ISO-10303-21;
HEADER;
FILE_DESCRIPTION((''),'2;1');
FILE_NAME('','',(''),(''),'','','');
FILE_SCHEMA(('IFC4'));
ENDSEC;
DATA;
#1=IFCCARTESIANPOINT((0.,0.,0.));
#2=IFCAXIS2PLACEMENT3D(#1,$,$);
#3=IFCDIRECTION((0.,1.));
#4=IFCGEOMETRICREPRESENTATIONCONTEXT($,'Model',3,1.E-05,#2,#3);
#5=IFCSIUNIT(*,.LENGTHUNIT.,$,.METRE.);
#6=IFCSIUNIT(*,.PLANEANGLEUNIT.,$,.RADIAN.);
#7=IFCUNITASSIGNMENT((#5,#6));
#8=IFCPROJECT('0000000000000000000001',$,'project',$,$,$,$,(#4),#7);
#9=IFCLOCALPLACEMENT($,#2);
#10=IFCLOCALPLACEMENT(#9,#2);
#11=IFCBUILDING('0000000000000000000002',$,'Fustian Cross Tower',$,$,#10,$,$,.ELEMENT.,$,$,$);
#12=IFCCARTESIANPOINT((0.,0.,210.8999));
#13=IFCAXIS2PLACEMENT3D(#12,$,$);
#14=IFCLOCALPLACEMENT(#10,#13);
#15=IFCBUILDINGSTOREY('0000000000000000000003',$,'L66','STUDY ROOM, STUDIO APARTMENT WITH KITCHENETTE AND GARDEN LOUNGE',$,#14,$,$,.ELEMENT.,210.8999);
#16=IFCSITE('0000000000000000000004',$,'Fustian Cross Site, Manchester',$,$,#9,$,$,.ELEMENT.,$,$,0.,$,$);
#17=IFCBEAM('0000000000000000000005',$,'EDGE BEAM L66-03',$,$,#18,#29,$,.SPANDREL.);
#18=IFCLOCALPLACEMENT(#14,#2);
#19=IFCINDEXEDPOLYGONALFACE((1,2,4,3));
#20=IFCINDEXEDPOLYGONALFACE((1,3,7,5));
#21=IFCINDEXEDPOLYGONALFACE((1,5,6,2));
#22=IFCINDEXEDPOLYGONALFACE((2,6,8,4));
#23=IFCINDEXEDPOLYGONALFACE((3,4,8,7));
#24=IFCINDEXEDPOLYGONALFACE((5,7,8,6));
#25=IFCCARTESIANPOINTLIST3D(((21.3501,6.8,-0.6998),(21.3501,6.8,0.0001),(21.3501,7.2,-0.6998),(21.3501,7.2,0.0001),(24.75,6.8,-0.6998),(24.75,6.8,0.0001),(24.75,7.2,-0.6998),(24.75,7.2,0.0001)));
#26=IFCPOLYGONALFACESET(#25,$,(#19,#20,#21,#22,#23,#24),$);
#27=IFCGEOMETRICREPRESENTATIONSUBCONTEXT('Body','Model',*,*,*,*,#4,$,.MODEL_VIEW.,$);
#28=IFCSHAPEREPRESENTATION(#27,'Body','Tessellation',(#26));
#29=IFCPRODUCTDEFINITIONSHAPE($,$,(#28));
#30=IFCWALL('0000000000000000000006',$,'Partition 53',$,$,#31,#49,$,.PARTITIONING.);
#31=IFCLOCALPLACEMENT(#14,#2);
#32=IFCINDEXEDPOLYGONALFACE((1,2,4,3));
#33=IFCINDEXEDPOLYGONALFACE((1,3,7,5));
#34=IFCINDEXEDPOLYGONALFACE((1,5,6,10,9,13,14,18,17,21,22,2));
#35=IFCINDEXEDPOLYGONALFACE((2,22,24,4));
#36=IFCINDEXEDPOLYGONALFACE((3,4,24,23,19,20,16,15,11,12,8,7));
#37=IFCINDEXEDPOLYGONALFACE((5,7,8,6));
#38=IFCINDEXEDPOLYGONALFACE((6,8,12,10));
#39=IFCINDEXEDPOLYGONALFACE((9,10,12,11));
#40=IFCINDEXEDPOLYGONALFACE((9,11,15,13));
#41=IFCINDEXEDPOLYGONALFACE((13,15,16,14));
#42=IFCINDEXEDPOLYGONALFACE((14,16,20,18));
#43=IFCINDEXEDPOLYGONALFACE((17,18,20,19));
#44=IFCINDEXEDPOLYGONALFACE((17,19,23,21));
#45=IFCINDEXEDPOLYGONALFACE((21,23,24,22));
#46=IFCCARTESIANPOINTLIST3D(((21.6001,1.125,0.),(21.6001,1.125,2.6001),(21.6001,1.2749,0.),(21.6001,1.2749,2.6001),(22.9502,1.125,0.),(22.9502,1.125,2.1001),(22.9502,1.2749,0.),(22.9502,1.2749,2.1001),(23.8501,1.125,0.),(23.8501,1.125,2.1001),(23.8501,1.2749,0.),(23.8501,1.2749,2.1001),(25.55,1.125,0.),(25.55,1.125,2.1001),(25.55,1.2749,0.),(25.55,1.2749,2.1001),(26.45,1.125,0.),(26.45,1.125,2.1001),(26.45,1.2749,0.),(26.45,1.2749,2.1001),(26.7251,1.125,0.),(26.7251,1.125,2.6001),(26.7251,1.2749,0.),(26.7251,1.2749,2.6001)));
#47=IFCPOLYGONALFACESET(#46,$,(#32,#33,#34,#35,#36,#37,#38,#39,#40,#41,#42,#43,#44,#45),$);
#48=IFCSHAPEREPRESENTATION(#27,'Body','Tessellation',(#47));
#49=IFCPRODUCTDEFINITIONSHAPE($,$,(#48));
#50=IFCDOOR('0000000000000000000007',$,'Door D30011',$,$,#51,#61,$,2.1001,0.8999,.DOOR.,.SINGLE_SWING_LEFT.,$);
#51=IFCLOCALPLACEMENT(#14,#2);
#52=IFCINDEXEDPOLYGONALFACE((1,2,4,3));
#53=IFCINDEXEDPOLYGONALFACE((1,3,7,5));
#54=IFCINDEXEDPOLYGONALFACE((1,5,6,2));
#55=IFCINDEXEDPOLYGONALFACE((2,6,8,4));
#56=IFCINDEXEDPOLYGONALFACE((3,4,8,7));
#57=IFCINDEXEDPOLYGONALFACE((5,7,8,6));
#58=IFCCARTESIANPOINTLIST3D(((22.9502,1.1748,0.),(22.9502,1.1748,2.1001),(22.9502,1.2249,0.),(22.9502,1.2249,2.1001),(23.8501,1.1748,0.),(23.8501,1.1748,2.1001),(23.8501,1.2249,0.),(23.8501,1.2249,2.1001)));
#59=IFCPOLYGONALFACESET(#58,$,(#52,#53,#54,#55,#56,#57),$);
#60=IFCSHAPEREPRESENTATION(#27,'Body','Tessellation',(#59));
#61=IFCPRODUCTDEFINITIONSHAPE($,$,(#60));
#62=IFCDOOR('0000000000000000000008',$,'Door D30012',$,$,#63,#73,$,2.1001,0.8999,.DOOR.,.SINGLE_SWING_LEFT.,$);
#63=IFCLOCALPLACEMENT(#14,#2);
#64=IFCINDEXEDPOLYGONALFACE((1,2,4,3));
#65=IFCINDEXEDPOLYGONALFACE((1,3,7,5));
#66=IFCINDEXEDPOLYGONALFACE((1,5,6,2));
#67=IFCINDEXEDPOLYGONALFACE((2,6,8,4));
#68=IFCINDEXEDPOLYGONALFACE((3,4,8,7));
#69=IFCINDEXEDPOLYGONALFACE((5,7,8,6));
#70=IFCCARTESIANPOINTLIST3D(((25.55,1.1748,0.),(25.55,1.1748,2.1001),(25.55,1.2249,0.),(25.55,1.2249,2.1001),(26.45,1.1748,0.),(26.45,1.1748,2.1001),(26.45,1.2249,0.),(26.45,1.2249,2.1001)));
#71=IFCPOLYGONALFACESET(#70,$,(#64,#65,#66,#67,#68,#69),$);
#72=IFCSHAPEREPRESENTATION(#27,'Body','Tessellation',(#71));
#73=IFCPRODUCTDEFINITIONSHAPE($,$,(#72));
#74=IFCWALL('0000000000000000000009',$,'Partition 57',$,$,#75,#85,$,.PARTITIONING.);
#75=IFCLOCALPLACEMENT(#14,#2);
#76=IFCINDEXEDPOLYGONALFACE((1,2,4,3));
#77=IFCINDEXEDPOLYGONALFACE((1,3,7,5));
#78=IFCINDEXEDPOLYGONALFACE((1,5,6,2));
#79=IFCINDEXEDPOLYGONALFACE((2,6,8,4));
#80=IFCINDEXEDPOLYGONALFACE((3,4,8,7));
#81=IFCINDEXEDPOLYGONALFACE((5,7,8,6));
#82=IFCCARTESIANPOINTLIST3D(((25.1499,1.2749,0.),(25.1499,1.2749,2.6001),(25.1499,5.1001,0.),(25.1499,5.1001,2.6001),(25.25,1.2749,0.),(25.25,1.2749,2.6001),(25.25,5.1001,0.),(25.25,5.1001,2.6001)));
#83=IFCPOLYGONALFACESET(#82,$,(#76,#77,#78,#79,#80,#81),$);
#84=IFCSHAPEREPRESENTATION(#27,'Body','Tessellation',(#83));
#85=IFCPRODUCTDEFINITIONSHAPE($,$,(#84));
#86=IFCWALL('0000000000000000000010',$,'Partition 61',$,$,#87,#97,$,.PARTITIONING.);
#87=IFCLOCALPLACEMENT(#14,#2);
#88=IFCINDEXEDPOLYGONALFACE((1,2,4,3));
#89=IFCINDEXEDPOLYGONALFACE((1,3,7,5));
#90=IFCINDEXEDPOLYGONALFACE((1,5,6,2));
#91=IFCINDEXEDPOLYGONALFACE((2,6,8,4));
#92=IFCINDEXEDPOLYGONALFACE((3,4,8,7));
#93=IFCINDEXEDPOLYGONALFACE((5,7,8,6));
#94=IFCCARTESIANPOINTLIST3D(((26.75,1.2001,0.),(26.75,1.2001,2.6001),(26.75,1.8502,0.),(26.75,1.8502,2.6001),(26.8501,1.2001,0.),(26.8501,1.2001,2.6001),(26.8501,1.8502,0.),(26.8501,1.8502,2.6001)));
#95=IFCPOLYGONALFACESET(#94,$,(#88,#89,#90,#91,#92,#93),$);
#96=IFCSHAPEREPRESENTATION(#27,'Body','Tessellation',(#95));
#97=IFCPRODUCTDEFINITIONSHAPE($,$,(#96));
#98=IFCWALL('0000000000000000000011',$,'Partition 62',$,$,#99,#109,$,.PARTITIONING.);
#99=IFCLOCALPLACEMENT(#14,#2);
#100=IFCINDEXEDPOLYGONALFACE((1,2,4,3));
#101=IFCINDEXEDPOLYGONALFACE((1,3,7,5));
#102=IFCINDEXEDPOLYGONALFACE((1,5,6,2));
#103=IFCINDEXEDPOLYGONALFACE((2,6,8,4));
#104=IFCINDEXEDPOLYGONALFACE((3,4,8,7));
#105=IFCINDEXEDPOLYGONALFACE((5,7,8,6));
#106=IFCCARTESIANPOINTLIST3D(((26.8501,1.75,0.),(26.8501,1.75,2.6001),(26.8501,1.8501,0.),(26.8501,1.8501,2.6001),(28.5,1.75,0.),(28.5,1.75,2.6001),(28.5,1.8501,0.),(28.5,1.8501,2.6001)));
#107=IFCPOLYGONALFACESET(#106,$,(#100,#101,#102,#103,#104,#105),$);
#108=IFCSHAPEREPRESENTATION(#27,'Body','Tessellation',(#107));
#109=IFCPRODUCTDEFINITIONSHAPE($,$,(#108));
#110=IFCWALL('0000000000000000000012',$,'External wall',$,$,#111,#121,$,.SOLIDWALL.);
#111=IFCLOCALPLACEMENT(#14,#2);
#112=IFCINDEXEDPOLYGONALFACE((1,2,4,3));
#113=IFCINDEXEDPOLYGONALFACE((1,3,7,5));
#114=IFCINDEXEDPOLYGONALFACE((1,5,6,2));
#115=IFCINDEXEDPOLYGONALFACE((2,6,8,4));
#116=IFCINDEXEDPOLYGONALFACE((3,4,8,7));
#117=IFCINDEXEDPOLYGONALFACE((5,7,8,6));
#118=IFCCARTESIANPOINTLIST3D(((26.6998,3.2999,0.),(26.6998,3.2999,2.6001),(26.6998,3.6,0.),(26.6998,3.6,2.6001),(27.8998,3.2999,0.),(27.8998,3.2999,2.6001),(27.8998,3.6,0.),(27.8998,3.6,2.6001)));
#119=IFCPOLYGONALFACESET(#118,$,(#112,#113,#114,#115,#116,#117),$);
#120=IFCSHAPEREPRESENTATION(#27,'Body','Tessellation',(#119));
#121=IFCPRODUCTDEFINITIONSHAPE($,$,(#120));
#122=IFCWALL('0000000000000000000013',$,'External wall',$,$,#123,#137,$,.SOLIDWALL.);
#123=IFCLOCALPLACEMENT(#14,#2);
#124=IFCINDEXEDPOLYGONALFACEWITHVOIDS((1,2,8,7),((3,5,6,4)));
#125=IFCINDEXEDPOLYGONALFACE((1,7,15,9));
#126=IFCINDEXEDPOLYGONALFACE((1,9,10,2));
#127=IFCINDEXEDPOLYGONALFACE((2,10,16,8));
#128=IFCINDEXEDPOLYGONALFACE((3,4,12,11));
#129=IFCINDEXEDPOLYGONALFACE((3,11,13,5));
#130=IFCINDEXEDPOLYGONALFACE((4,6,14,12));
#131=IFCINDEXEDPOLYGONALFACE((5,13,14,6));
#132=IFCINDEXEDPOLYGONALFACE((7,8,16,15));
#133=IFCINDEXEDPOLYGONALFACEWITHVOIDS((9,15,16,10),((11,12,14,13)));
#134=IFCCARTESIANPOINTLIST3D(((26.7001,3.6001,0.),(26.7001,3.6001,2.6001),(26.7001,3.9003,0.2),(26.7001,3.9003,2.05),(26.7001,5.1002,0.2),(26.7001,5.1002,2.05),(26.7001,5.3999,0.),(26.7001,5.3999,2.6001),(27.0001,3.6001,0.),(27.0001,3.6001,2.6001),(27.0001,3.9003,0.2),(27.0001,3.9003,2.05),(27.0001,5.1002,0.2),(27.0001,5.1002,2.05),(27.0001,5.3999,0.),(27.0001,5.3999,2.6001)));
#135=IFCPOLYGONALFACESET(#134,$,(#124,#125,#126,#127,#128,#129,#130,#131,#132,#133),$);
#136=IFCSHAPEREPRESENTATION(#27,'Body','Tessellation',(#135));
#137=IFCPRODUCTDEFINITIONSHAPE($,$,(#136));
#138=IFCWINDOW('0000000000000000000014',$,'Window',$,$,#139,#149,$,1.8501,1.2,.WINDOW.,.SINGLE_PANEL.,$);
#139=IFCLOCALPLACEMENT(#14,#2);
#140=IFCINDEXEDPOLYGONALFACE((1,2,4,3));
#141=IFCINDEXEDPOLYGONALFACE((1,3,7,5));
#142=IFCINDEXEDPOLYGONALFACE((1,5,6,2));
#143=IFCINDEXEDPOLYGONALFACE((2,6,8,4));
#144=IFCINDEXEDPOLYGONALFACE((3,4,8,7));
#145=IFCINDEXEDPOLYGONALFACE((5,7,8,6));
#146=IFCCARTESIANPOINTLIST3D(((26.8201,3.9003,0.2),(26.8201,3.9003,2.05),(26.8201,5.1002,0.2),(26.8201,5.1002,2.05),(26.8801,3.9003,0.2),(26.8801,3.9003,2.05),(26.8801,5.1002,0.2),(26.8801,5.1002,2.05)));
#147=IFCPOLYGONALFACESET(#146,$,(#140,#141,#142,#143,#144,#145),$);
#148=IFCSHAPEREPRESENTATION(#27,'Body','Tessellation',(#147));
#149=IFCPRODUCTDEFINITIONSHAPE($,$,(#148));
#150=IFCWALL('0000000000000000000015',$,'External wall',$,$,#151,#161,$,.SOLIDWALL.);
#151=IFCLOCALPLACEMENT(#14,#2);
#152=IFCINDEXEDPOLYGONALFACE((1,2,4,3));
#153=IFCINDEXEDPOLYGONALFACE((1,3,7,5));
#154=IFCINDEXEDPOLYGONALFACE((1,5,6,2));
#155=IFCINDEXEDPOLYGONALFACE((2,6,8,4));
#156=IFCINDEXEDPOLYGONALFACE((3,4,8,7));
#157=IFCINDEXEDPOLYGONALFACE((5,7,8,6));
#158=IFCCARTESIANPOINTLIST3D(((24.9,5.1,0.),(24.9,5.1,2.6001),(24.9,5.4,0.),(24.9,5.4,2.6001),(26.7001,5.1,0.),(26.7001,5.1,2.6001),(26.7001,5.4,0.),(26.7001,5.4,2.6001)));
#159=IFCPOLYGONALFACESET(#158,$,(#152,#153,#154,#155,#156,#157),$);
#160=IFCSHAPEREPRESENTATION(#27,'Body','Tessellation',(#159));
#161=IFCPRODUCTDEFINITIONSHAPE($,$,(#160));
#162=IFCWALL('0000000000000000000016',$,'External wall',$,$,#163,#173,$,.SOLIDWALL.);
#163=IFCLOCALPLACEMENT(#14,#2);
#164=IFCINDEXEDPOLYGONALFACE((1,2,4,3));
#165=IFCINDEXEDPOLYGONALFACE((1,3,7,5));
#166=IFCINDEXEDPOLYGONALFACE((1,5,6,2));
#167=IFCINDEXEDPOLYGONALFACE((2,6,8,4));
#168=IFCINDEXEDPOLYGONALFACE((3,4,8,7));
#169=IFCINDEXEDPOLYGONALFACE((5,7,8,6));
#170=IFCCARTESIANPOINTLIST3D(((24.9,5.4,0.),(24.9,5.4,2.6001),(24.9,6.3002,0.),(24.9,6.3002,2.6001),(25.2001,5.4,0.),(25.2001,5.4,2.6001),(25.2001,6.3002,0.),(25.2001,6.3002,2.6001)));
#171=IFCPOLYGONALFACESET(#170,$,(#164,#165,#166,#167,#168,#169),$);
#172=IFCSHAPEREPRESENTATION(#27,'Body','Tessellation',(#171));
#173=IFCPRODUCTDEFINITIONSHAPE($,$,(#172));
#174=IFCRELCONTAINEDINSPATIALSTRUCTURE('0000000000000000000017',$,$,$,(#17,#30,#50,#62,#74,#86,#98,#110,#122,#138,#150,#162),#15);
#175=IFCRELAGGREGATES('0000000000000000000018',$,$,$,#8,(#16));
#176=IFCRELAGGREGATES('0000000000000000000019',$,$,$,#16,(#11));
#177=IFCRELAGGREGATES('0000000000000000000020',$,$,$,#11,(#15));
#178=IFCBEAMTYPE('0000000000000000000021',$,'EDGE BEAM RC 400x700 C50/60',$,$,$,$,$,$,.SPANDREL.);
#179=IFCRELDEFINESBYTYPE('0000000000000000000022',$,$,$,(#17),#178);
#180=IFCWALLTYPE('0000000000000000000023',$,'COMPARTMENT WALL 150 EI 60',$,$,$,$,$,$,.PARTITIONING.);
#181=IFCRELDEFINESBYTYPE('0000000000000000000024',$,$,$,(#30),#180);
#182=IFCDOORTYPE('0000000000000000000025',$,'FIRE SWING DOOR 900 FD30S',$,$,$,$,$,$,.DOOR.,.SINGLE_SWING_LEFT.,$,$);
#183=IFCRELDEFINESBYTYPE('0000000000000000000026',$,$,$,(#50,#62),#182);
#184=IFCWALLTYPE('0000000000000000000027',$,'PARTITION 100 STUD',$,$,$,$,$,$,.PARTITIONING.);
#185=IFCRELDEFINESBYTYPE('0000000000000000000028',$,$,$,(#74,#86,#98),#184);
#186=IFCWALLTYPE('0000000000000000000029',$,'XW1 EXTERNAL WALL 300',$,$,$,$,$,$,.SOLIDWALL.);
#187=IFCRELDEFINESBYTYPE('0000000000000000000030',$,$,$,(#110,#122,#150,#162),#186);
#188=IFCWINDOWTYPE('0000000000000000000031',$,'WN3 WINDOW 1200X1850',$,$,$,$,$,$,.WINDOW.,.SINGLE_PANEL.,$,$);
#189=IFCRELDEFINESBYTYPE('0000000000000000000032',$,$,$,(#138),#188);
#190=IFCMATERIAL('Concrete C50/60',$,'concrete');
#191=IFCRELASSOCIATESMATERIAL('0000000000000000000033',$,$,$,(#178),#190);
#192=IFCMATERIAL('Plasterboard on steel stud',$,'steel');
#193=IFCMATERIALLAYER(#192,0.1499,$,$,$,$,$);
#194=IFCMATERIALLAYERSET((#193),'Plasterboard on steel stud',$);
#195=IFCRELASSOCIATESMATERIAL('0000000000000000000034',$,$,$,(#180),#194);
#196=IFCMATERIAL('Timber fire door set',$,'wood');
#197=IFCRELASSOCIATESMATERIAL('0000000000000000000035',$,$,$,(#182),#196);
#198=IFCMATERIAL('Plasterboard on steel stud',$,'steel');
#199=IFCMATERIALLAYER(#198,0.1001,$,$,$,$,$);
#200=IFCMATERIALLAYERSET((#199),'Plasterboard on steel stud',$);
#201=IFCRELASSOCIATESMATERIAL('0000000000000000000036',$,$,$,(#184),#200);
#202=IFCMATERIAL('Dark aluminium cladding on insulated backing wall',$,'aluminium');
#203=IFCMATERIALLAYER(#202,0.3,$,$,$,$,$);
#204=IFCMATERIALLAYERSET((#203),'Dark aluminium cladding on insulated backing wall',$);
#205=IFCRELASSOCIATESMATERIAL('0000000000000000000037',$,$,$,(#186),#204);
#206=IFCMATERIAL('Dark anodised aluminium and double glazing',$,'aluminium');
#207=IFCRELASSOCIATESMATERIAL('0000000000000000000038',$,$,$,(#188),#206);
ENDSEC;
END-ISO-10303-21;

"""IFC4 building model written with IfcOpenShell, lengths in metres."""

from ifc_helpers import new_model, si_unit, direction, frame, frame_2d, origin, origin_2d, place, context, subcontext, project, spatial, rectangle, extrude, material, layer, layer_set, material_profile, profile_set, type_object, element, fill, save


model = new_model("IFC4")

# Units and contexts
model_context = context("Model", 3, precision=1e-05, world=origin(), true_north=direction((0.0, 1.0)))
body_context = subcontext(model_context, "Body", "Model", "MODEL_VIEW")
ifc_project = project(units=[si_unit("LENGTHUNIT", "METRE"), si_unit("PLANEANGLEUNIT", "RADIAN")], contexts=[model_context])

# Site, building, storey
site_placement = place(None, origin())
site = spatial("IfcSite", under=ifc_project, at=site_placement, Name="Fustian Cross Site, Manchester", CompositionType="ELEMENT", RefElevation=0.0)
building_placement = place(site_placement, origin())
building = spatial("IfcBuilding", under=site, at=building_placement, Name="Fustian Cross Tower", CompositionType="ELEMENT")
storey_placement = place(building_placement, frame((0.0, 0.0, 210.8999)))
storey = spatial("IfcBuildingStorey", under=building, at=storey_placement, Name="L66", Description="STUDY ROOM, STUDIO APARTMENT WITH KITCHENETTE AND GARDEN LOUNGE", CompositionType="ELEMENT", Elevation=210.8999)

# Beam
ifc_material_1 = material(Name="Concrete C50/60", Category="concrete")
ifc_material_profile_1 = material_profile(ifc_material_1, rectangle(XDim=0.3999, YDim=0.7, at=origin_2d()), Name="RC 400x700")
ifc_profile_set_1 = profile_set([ifc_material_profile_1], Name="Concrete C50/60")
beam_type = type_object("IfcBeamType", Name="EDGE BEAM RC 400x700 C50/60", PredefinedType="SPANDREL", material=ifc_profile_set_1)
beam_placement = place(storey_placement, frame((24.75, 7.0, -0.3499), z_axis=(-1.0, 0.0, 0.0), x_axis=(0.0, -1.0, 0.0)))
element("IfcBeam", 1, at=beam_placement, inside=storey, type_object=beam_type, Name="EDGE BEAM L66-03", PredefinedType="SPANDREL", context=body_context, shape_type="SweptSolid", body=[
    extrude(rectangle(XDim=0.3999, YDim=0.7, at=origin_2d()), origin(), (0.0, 0.0, 1.0), 3.3999),
])

# Wall, openings, doors
ifc_material_2 = material(Name="Plasterboard on steel stud", Category="steel")
ifc_layer_1 = layer(ifc_material_2, 0.1499)
ifc_layer_set_1 = layer_set([ifc_layer_1], Name="Plasterboard on steel stud")
wall_type_1 = type_object("IfcWallType", Name="COMPARTMENT WALL 150 EI 60", PredefinedType="PARTITIONING", material=ifc_layer_set_1)
wall_1_placement = place(storey_placement, frame((21.6001, 1.2, 0.0), z_axis=(0.0, 0.0, 1.0), x_axis=(1.0, 0.0, 0.0)))
wall_1 = element("IfcWall", 2, at=wall_1_placement, inside=storey, type_object=wall_type_1, Name="Partition 53", PredefinedType="PARTITIONING", context=body_context, shape_type="SweptSolid", body=[
    extrude(rectangle(XDim=5.125, YDim=0.1499, at=frame_2d((2.5625, 0.0))), origin(), (0.0, 0.0, 1.0), 2.6001),
])
opening_1_placement = place(wall_1_placement, frame((1.3501, 0.0, 0.0)))
opening_1 = element("IfcOpeningElement", 3, at=opening_1_placement, cuts=wall_1, PredefinedType="OPENING", context=body_context, shape_type="SweptSolid", body=[
    extrude(rectangle(XDim=0.8999, YDim=2.1001, at=frame_2d((0.45, 1.05))), frame((0.0, 0.085, 0.0), z_axis=(0.0, -1.0, 0.0), x_axis=(1.0, 0.0, 0.0)), (0.0, 0.0, 1.0), 0.1699),
])
opening_2_placement = place(wall_1_placement, frame((3.95, 0.0, 0.0)))
opening_2 = element("IfcOpeningElement", 4, at=opening_2_placement, cuts=wall_1, PredefinedType="OPENING", context=body_context, shape_type="SweptSolid", body=[
    extrude(rectangle(XDim=0.8999, YDim=2.1001, at=frame_2d((0.45, 1.05))), frame((0.0, 0.085, 0.0), z_axis=(0.0, -1.0, 0.0), x_axis=(1.0, 0.0, 0.0)), (0.0, 0.0, 1.0), 0.1699),
])
ifc_material_3 = material(Name="Timber fire door set", Category="wood")
door_type = type_object("IfcDoorType", Name="FIRE SWING DOOR 900 FD30S", OperationType="SINGLE_SWING_LEFT", PredefinedType="DOOR", material=ifc_material_3)
door_1_placement = place(opening_1_placement, origin())
door_1 = element("IfcDoor", 5, at=door_1_placement, inside=storey, type_object=door_type, Name="Door D30011", OperationType="SINGLE_SWING_LEFT", OverallHeight=2.1001, OverallWidth=0.8999, PredefinedType="DOOR", context=body_context, shape_type="SweptSolid", body=[
    extrude(rectangle(XDim=0.8999, YDim=2.1001, at=frame_2d((0.45, 1.05))), frame((0.0, 0.0249, 0.0), z_axis=(0.0, -1.0, 0.0), x_axis=(1.0, 0.0, 0.0)), (0.0, 0.0, 1.0), 0.05),
])
fill(opening_1, door_1)
door_2_placement = place(opening_2_placement, origin())
door_2 = element("IfcDoor", 6, at=door_2_placement, inside=storey, type_object=door_type, Name="Door D30012", OperationType="SINGLE_SWING_LEFT", OverallHeight=2.1001, OverallWidth=0.8999, PredefinedType="DOOR", context=body_context, shape_type="SweptSolid", body=[
    extrude(rectangle(XDim=0.8999, YDim=2.1001, at=frame_2d((0.45, 1.05))), frame((0.0, 0.0249, 0.0), z_axis=(0.0, -1.0, 0.0), x_axis=(1.0, 0.0, 0.0)), (0.0, 0.0, 1.0), 0.05),
])
fill(opening_2, door_2)

# Walls
ifc_material_4 = material(Name="Plasterboard on steel stud", Category="steel")
ifc_layer_2 = layer(ifc_material_4, 0.1001)
ifc_layer_set_2 = layer_set([ifc_layer_2], Name="Plasterboard on steel stud")
wall_type_2 = type_object("IfcWallType", Name="PARTITION 100 STUD", PredefinedType="PARTITIONING", material=ifc_layer_set_2)
wall_2_placement = place(storey_placement, frame((25.2, 1.2749, 0.0), z_axis=(0.0, 0.0, 1.0), x_axis=(0.0, 1.0, 0.0)))
element("IfcWall", 7, at=wall_2_placement, inside=storey, type_object=wall_type_2, Name="Partition 57", PredefinedType="PARTITIONING", context=body_context, shape_type="SweptSolid", body=[
    extrude(rectangle(XDim=3.8252, YDim=0.1001, at=frame_2d((1.9126, 0.0))), origin(), (0.0, 0.0, 1.0), 2.6001),
])
wall_3_placement = place(storey_placement, frame((26.8, 1.2, 0.0), z_axis=(0.0, 0.0, 1.0), x_axis=(0.0, 1.0, 0.0)))
element("IfcWall", 8, at=wall_3_placement, inside=storey, type_object=wall_type_2, Name="Partition 61", PredefinedType="PARTITIONING", context=body_context, shape_type="SweptSolid", body=[
    extrude(rectangle(XDim=0.6501, YDim=0.1001, at=frame_2d((0.3252, 0.0))), origin(), (0.0, 0.0, 1.0), 2.6001),
])
wall_4_placement = place(storey_placement, frame((26.8501, 1.8, 0.0), z_axis=(0.0, 0.0, 1.0), x_axis=(1.0, 0.0, 0.0)))
element("IfcWall", 9, at=wall_4_placement, inside=storey, type_object=wall_type_2, Name="Partition 62", PredefinedType="PARTITIONING", context=body_context, shape_type="SweptSolid", body=[
    extrude(rectangle(XDim=1.6499, YDim=0.1001, at=frame_2d((0.825, 0.0))), origin(), (0.0, 0.0, 1.0), 2.6001),
])
ifc_material_5 = material(Name="Dark aluminium cladding on insulated backing wall", Category="aluminium")
ifc_layer_3 = layer(ifc_material_5, 0.3)
ifc_layer_set_3 = layer_set([ifc_layer_3], Name="Dark aluminium cladding on insulated backing wall")
wall_type_3 = type_object("IfcWallType", Name="XW1 EXTERNAL WALL 300", PredefinedType="SOLIDWALL", material=ifc_layer_set_3)
wall_5_placement = place(storey_placement, frame((27.8999, 3.45, 0.0), z_axis=(0.0, 0.0, 1.0), x_axis=(-1.0, 0.0, 0.0)))
element("IfcWall", 10, at=wall_5_placement, inside=storey, type_object=wall_type_3, Name="External wall", PredefinedType="SOLIDWALL", context=body_context, shape_type="SweptSolid", body=[
    extrude(rectangle(XDim=1.2, YDim=0.3, at=frame_2d((0.6001, 0.0))), origin(), (0.0, 0.0, 1.0), 2.6001),
])

# Wall, opening, window
wall_6_placement = place(storey_placement, frame((26.8501, 3.6001, 0.0), z_axis=(0.0, 0.0, 1.0), x_axis=(0.0, 1.0, 0.0)))
wall_6 = element("IfcWall", 11, at=wall_6_placement, inside=storey, type_object=wall_type_3, Name="External wall", PredefinedType="SOLIDWALL", context=body_context, shape_type="SweptSolid", body=[
    extrude(rectangle(XDim=1.7998, YDim=0.3, at=frame_2d((0.8999, 0.0))), origin(), (0.0, 0.0, 1.0), 2.6001),
])
opening_3_placement = place(wall_6_placement, frame((0.3, 0.0, 0.2)))
opening_3 = element("IfcOpeningElement", 12, at=opening_3_placement, cuts=wall_6, PredefinedType="OPENING", context=body_context, shape_type="SweptSolid", body=[
    extrude(rectangle(XDim=1.2, YDim=1.8501, at=frame_2d((0.6001, 0.925))), frame((0.0, 0.1599, 0.0), z_axis=(0.0, -1.0, 0.0), x_axis=(1.0, 0.0, 0.0)), (0.0, 0.0, 1.0), 0.3201),
])
ifc_material_6 = material(Name="Dark anodised aluminium and double glazing", Category="aluminium")
window_type = type_object("IfcWindowType", Name="WN3 WINDOW 1200X1850", PartitioningType="SINGLE_PANEL", PredefinedType="WINDOW", material=ifc_material_6)
window_1_placement = place(opening_3_placement, origin())
window_1 = element("IfcWindow", 13, at=window_1_placement, inside=storey, type_object=window_type, Name="Window", OverallHeight=1.8501, OverallWidth=1.2, PartitioningType="SINGLE_PANEL", PredefinedType="WINDOW", context=body_context, shape_type="SweptSolid", body=[
    extrude(rectangle(XDim=1.2, YDim=1.8501, at=frame_2d((0.6001, 0.925))), frame((0.0, 0.03, 0.0), z_axis=(0.0, -1.0, 0.0), x_axis=(1.0, 0.0, 0.0)), (0.0, 0.0, 1.0), 0.0601),
])
fill(opening_3, window_1)

# Walls
wall_7_placement = place(storey_placement, frame((26.7, 5.25, 0.0), z_axis=(0.0, 0.0, 1.0), x_axis=(-1.0, 0.0, 0.0)))
element("IfcWall", 14, at=wall_7_placement, inside=storey, type_object=wall_type_3, Name="External wall", PredefinedType="SOLIDWALL", context=body_context, shape_type="SweptSolid", body=[
    extrude(rectangle(XDim=1.8, YDim=0.3, at=frame_2d((0.8999, 0.0))), origin(), (0.0, 0.0, 1.0), 2.6001),
])
wall_8_placement = place(storey_placement, frame((25.05, 5.3999, 0.0), z_axis=(0.0, 0.0, 1.0), x_axis=(0.0, 1.0, 0.0)))
element("IfcWall", 15, at=wall_8_placement, inside=storey, type_object=wall_type_3, Name="External wall", PredefinedType="SOLIDWALL", context=body_context, shape_type="SweptSolid", body=[
    extrude(rectangle(XDim=0.9001, YDim=0.3, at=frame_2d((0.4502, 0.0))), origin(), (0.0, 0.0, 1.0), 2.6001),
])

save(model, "model.ifc")
